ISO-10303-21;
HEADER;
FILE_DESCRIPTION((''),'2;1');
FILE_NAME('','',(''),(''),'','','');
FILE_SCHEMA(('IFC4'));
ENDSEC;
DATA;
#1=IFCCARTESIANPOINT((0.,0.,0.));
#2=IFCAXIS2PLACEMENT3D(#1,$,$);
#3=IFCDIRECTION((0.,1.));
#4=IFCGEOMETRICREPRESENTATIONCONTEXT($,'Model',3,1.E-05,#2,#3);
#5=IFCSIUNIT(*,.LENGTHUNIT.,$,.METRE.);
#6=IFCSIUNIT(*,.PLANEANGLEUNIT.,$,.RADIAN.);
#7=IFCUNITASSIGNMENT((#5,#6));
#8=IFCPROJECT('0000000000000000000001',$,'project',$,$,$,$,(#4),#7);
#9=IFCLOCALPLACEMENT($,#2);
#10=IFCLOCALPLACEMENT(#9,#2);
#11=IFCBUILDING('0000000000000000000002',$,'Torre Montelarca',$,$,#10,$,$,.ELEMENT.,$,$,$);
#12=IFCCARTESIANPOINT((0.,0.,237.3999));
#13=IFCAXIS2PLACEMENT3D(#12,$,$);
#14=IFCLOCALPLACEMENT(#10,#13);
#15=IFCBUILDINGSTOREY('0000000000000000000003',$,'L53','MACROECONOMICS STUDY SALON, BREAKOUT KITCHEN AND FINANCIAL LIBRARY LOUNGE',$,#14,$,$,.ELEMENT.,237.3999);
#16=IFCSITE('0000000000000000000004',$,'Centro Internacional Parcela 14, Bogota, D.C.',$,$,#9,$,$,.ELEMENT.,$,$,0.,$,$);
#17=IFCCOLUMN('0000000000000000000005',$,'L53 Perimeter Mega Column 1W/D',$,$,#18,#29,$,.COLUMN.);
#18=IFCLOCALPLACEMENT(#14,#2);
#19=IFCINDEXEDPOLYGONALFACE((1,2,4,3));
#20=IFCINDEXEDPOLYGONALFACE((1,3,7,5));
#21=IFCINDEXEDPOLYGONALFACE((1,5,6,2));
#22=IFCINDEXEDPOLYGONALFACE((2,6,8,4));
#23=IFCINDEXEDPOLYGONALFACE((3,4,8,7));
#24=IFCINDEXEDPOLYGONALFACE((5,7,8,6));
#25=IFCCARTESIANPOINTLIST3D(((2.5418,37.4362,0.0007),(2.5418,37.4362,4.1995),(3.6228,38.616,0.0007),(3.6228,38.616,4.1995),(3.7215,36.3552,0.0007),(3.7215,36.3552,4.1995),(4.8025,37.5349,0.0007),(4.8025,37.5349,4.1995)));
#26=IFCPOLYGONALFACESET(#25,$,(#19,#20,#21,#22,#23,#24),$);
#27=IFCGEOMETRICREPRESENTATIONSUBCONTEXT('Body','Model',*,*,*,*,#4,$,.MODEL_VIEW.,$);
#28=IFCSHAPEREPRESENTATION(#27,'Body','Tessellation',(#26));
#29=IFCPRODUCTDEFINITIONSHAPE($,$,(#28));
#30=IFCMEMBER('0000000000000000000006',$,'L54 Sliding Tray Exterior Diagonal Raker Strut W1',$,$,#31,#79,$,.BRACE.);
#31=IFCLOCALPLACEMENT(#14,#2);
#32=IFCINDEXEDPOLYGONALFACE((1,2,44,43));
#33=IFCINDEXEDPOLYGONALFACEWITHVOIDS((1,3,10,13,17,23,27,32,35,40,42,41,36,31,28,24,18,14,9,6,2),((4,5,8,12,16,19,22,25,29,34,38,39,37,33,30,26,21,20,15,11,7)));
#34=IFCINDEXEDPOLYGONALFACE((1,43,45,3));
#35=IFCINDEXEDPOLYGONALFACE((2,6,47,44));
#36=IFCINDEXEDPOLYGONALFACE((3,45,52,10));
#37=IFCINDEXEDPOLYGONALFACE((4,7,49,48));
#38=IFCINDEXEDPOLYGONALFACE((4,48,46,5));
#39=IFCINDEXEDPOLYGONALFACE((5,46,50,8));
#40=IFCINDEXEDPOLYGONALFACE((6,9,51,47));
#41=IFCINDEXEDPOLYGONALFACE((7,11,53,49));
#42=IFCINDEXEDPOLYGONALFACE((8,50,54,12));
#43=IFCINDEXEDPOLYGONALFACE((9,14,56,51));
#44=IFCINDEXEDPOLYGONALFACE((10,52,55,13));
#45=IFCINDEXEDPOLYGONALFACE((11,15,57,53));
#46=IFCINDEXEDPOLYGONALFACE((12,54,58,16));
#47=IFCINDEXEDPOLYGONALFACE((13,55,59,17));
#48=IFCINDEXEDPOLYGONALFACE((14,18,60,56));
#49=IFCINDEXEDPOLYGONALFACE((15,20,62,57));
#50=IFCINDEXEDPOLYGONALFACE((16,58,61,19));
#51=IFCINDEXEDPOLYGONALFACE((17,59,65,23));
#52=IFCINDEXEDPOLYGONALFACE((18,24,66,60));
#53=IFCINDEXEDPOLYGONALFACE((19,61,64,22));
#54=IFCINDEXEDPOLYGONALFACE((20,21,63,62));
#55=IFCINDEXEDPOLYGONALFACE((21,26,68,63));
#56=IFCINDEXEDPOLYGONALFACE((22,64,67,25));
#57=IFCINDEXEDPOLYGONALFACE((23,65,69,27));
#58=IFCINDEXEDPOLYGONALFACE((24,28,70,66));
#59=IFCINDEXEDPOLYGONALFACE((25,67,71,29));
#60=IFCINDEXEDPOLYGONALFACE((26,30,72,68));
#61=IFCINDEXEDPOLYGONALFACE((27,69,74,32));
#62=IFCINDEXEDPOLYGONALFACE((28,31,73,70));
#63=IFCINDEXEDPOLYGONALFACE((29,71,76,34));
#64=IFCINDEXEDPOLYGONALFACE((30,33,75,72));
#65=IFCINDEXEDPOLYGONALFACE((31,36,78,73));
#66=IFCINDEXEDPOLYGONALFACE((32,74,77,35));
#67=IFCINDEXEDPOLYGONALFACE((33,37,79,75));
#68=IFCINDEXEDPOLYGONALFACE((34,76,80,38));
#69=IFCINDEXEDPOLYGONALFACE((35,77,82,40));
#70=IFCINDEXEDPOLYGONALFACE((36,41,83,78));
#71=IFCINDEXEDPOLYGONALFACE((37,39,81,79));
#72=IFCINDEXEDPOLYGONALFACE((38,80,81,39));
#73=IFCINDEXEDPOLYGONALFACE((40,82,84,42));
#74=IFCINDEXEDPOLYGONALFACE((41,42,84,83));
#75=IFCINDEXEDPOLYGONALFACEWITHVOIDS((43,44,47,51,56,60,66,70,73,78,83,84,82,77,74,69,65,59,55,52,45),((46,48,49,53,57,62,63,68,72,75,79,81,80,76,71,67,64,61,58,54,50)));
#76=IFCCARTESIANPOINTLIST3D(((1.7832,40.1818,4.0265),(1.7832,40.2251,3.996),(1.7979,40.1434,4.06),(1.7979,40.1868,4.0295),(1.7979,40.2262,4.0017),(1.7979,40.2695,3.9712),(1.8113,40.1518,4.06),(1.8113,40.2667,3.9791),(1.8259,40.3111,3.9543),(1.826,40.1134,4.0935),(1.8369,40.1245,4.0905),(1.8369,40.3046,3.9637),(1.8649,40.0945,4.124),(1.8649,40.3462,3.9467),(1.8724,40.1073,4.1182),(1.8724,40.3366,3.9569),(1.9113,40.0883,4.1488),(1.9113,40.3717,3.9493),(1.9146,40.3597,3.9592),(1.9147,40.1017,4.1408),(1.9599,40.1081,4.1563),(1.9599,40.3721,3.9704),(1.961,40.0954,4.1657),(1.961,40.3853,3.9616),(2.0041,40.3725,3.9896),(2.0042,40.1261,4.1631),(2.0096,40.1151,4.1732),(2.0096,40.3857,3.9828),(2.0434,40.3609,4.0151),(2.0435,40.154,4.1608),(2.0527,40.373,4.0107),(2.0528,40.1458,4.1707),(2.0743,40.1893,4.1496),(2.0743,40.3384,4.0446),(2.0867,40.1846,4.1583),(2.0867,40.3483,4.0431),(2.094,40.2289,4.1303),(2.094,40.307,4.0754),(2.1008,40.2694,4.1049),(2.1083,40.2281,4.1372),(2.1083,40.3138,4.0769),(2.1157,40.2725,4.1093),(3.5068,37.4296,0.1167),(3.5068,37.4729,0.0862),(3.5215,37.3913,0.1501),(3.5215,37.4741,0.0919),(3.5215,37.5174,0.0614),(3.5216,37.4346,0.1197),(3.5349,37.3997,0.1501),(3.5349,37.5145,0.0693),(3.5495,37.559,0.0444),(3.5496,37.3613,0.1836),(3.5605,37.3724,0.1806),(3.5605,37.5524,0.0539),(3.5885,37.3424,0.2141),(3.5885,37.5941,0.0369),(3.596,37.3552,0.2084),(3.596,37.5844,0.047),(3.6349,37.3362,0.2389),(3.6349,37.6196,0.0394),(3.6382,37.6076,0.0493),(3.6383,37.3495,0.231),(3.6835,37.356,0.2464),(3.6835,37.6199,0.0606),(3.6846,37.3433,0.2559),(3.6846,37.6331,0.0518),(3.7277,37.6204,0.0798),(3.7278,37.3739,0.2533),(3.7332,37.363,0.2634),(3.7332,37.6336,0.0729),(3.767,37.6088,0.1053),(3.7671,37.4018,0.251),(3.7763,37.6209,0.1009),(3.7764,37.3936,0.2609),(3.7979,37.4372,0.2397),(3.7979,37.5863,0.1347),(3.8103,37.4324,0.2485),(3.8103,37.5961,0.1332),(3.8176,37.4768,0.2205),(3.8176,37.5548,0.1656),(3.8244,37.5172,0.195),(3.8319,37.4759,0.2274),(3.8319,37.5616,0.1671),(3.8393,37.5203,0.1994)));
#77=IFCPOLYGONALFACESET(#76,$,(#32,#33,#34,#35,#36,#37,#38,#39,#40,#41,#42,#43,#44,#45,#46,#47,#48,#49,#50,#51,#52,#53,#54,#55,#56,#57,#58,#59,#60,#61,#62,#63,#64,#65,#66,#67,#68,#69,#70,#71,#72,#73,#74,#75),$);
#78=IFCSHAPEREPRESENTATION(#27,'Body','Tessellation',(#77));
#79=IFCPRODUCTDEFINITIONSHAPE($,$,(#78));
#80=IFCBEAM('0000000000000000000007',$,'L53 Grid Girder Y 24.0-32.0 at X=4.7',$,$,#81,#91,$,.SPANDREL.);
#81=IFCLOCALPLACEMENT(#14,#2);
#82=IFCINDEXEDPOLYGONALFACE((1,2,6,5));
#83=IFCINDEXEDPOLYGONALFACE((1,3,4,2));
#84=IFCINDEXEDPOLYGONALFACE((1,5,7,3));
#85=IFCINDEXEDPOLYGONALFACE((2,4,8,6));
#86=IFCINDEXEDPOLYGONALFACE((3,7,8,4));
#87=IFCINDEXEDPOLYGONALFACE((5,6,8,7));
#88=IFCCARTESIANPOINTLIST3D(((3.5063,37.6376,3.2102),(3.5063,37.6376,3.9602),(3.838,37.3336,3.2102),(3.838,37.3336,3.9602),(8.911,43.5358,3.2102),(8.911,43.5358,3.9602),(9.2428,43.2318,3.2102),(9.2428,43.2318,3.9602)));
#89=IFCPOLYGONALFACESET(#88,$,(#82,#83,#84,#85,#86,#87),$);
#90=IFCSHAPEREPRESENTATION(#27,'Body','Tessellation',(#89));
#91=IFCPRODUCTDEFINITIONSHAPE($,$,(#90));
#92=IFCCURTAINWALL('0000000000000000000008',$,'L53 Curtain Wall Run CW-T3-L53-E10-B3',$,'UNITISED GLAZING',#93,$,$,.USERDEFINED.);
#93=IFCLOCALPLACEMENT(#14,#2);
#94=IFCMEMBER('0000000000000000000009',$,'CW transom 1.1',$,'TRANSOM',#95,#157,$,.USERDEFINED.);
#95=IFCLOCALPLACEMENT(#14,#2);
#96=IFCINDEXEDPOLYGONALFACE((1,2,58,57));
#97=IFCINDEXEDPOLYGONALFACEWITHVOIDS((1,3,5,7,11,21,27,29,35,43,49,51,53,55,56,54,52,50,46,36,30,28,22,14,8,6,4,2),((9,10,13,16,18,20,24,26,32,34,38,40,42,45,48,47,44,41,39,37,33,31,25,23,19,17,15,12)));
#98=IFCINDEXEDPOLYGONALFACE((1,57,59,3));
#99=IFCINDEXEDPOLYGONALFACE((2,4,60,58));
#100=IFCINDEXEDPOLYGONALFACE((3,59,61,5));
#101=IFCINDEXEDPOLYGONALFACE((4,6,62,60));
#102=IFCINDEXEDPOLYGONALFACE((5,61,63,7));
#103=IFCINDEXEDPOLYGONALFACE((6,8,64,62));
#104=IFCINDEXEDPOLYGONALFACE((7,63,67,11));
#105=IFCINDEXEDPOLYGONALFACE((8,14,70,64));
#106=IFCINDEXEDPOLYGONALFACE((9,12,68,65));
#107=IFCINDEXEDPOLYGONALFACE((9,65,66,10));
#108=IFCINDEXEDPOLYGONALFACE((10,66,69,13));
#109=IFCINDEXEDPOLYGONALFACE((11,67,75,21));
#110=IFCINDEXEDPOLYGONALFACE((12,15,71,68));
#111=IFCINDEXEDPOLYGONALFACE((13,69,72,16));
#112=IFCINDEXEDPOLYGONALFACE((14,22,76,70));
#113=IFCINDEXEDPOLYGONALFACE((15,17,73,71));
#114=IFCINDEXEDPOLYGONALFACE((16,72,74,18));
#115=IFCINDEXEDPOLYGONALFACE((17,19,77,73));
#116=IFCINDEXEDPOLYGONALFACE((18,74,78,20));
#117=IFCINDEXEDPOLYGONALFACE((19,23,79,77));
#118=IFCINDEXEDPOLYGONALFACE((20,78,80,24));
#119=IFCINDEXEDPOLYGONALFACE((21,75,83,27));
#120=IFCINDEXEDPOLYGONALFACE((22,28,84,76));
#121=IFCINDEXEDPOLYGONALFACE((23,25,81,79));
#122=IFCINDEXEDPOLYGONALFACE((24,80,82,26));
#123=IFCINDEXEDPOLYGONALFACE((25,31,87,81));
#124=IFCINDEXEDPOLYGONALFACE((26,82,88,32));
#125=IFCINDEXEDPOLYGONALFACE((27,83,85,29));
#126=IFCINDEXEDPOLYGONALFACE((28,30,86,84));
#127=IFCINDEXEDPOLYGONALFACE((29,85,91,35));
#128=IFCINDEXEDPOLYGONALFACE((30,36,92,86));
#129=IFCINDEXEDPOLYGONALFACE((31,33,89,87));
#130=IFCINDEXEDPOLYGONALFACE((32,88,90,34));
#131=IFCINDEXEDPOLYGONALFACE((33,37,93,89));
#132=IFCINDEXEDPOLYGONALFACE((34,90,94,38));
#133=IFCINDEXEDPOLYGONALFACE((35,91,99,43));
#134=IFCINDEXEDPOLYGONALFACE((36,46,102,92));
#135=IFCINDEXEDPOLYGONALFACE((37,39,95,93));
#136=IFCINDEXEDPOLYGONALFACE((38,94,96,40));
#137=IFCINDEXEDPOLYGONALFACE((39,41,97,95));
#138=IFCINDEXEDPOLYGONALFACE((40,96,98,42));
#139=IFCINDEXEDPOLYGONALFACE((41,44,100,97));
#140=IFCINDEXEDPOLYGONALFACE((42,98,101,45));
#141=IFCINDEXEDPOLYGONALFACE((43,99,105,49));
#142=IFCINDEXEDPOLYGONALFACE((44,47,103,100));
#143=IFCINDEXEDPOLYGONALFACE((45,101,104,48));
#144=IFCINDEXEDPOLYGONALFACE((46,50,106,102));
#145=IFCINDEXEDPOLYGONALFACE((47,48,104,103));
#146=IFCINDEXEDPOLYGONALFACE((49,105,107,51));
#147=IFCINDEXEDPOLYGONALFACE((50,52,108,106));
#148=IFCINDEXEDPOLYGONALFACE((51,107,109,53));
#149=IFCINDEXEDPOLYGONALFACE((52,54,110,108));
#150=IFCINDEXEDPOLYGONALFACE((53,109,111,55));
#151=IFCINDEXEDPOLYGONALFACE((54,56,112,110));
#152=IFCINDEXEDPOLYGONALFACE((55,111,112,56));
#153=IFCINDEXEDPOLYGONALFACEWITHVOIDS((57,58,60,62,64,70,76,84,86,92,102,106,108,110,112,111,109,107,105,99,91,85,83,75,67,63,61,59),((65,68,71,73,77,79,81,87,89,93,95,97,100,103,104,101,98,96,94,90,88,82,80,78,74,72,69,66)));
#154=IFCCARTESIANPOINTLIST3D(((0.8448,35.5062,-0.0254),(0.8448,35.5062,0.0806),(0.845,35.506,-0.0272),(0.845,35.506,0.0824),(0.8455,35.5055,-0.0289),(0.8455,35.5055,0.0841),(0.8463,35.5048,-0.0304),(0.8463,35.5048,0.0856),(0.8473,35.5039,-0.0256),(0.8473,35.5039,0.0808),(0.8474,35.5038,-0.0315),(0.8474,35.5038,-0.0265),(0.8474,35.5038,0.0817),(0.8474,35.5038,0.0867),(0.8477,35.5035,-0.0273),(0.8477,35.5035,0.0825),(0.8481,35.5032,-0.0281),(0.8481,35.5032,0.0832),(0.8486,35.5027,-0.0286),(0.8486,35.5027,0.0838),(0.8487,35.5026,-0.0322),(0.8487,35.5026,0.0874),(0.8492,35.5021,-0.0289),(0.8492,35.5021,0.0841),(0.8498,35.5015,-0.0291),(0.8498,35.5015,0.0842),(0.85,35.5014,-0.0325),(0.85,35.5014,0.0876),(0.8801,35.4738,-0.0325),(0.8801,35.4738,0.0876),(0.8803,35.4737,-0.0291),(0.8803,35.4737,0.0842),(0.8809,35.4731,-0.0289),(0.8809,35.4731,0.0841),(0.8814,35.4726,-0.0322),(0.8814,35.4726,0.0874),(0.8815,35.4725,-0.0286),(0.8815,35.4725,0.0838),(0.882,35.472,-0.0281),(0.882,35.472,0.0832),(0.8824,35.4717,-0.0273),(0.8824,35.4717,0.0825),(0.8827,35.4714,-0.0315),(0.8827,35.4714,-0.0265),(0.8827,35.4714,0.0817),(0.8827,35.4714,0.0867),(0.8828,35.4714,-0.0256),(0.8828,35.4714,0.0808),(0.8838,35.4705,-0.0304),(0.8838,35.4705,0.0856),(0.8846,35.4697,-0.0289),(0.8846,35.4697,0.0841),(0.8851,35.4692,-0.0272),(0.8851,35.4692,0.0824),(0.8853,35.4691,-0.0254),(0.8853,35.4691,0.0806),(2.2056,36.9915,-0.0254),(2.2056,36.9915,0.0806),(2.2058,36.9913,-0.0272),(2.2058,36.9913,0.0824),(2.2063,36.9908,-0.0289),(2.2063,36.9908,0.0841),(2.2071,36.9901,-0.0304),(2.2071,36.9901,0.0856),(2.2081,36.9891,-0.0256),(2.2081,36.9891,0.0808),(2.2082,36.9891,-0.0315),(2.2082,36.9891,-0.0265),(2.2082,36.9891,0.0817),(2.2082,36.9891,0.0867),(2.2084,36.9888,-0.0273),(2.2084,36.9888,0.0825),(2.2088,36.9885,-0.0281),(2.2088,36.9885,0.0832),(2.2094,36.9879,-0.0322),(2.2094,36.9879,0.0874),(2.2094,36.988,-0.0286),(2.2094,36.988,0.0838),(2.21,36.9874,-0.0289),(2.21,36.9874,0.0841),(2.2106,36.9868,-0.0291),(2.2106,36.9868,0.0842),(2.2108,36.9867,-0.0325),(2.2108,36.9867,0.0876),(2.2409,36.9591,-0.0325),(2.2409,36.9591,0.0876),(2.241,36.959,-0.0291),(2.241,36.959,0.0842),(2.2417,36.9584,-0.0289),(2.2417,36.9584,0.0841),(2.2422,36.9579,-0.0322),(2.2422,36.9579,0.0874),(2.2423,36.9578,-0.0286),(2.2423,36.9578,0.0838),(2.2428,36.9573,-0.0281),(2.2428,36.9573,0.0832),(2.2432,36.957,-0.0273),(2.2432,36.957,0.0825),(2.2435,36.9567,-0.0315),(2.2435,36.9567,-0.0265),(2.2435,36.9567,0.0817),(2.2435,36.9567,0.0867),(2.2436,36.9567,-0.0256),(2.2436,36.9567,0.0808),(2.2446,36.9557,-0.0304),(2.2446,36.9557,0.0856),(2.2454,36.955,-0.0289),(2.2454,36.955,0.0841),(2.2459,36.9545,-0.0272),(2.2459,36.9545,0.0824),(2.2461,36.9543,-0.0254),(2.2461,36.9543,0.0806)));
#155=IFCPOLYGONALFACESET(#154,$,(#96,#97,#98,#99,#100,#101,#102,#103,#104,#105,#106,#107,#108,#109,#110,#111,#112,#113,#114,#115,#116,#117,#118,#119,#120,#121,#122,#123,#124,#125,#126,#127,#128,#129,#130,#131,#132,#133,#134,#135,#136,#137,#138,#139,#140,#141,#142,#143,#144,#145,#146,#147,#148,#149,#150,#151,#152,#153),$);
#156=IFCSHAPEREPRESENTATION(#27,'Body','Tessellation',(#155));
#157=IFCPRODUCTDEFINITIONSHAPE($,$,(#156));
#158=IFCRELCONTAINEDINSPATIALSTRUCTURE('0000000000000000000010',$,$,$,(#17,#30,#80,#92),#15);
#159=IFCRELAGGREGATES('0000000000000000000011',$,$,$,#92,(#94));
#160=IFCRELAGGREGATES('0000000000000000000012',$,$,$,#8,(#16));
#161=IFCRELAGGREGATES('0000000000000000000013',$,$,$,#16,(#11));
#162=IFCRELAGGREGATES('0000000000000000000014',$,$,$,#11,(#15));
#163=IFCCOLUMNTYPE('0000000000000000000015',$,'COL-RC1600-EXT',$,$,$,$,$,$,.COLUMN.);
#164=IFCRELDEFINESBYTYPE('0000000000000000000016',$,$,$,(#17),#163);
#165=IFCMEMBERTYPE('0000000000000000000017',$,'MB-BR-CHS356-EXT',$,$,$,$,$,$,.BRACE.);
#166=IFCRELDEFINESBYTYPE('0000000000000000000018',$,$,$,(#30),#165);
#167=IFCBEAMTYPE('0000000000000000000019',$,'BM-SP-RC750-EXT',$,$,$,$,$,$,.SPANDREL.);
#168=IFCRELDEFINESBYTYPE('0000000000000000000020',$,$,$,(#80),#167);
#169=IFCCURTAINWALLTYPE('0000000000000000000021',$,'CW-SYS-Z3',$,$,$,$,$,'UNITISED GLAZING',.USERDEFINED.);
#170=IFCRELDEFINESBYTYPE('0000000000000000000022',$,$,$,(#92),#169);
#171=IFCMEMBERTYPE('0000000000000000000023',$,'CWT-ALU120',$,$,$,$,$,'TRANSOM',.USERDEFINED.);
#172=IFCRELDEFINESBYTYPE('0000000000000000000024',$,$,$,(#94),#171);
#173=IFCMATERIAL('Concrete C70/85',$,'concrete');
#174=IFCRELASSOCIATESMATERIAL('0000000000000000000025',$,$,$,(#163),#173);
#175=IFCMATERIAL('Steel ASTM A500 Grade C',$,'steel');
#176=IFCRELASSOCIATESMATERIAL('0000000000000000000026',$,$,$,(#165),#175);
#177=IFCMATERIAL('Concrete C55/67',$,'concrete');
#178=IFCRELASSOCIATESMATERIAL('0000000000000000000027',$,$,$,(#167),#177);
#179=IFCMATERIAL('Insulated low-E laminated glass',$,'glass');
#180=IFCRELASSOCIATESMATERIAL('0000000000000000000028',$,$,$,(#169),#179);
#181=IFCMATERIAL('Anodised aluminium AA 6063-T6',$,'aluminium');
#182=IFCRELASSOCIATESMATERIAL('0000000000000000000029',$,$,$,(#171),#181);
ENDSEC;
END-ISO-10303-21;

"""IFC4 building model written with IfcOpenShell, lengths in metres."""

from ifc_helpers import new_model, si_unit, direction, frame, origin, origin_2d, place, context, subcontext, project, spatial, rectangle, hollow_rectangle, hollow_circle, extrude, source, transform, mapped, material, material_profile, profile_set, type_object, element, aggregate, save


model = new_model("IFC4")

# Units and contexts
model_context = context("Model", 3, precision=1e-05, world=origin(), true_north=direction((0.0, 1.0)))
body_context = subcontext(model_context, "Body", "Model", "MODEL_VIEW")
ifc_project = project(units=[si_unit("LENGTHUNIT", "METRE"), si_unit("PLANEANGLEUNIT", "RADIAN")], contexts=[model_context])

# Site, building, storey
site_placement = place(None, origin())
site = spatial("IfcSite", under=ifc_project, at=site_placement, Name="Centro Internacional Parcela 14, Bogota, D.C.", CompositionType="ELEMENT", RefElevation=0.0)
building_placement = place(site_placement, origin())
building = spatial("IfcBuilding", under=site, at=building_placement, Name="Torre Montelarca", CompositionType="ELEMENT")
storey_placement = place(building_placement, frame((0.0, 0.0, 237.3999)))
storey = spatial("IfcBuildingStorey", under=building, at=storey_placement, Name="L53", Description="MACROECONOMICS STUDY SALON, BREAKOUT KITCHEN AND FINANCIAL LIBRARY LOUNGE", CompositionType="ELEMENT", Elevation=237.3999)

# Column
ifc_material_1 = material(Name="Concrete C70/85", Category="concrete")
ifc_material_profile_1 = material_profile(ifc_material_1, rectangle(XDim=1.6001, YDim=1.6001, at=origin_2d()), Name="RC1600X1600", Category="concrete")
ifc_profile_set_1 = profile_set([ifc_material_profile_1], Name="Concrete C70/85")
column_type = type_object("IfcColumnType", Name="COL-RC1600-EXT", PredefinedType="COLUMN", material=ifc_profile_set_1)
shared_shape_1 = source(origin(), body_context, "Body", "SweptSolid", [
    extrude(rectangle(XDim=1.6001, YDim=1.6001, at=origin_2d()), origin(), (0.0, 0.0, 1.0), 4.1987),
])
column_placement = place(storey_placement, frame((3.6721, 37.4856, 0.0007), z_axis=(0.0, 0.0, 1.0), x_axis=(-0.737277, 0.67559, 0.0)))
element("IfcColumn", 1, at=column_placement, inside=storey, type_object=column_type, Name="L53 Perimeter Mega Column 1W/D", PredefinedType="COLUMN", context=body_context, shape_type="MappedRepresentation", body=[
    mapped(shared_shape_1, transform((0.0, 0.0, 0.0), scale=1.0)),
])

# Member
ifc_material_2 = material(Name="Steel ASTM A500 Grade C", Category="steel")
ifc_material_profile_2 = material_profile(ifc_material_2, hollow_circle(Radius=0.1777, WallThickness=0.0159, at=origin_2d()), Name="HSS355.6X15.9", Category="steel")
ifc_profile_set_2 = profile_set([ifc_material_profile_2], Name="Steel ASTM A500 Grade C")
member_type_1 = type_object("IfcMemberType", Name="MB-BR-CHS356-EXT", PredefinedType="BRACE", material=ifc_profile_set_2)
shared_shape_2 = source(origin(), body_context, "Body", "SweptSolid", [
    extrude(hollow_circle(Radius=0.1777, WallThickness=0.0159, at=origin_2d()), origin(), (0.0, 0.0, 1.0), 5.0825),
])
member_1_placement = place(storey_placement, frame((3.6721, 37.4856, 0.1501), z_axis=(-0.339124, 0.541493, 0.769273), x_axis=(-0.847512, -0.530776, 0.0)))
element("IfcMember", 2, at=member_1_placement, inside=storey, type_object=member_type_1, Name="L54 Sliding Tray Exterior Diagonal Raker Strut W1", PredefinedType="BRACE", context=body_context, shape_type="MappedRepresentation", body=[
    mapped(shared_shape_2, transform((0.0, 0.0, 0.0), scale=1.0)),
])

# Beam
ifc_material_3 = material(Name="Concrete C55/67", Category="concrete")
ifc_material_profile_3 = material_profile(ifc_material_3, rectangle(XDim=0.45, YDim=0.75, at=origin_2d()), Name="RCB450X750", Category="concrete")
ifc_profile_set_3 = profile_set([ifc_material_profile_3], Name="Concrete C55/67")
beam_type = type_object("IfcBeamType", Name="BM-SP-RC750-EXT", PredefinedType="SPANDREL", material=ifc_profile_set_3)
shared_shape_3 = source(origin(), body_context, "Body", "SweptSolid", [
    extrude(rectangle(XDim=0.45, YDim=0.75, at=origin_2d()), origin(), (0.0, 0.0, 1.0), 8.0),
])
beam_placement = place(storey_placement, frame((3.6721, 37.4856, 3.5852), z_axis=(0.675596, 0.737272, 0.0), x_axis=(-0.737272, 0.675596, 0.0)))
element("IfcBeam", 3, at=beam_placement, inside=storey, type_object=beam_type, Name="L53 Grid Girder Y 24.0-32.0 at X=4.7", PredefinedType="SPANDREL", context=body_context, shape_type="MappedRepresentation", body=[
    mapped(shared_shape_3, transform((0.0, 0.0, 0.0), scale=1.0)),
])

# Curtain wall, member
ifc_material_4 = material(Name="Insulated low-E laminated glass", Category="glass")
curtain_wall_type = type_object("IfcCurtainWallType", Name="CW-SYS-Z3", ElementType="UNITISED GLAZING", PredefinedType="USERDEFINED", material=ifc_material_4)
curtain_wall_placement = place(storey_placement, origin())
curtain_wall = element("IfcCurtainWall", 4, at=curtain_wall_placement, inside=storey, type_object=curtain_wall_type, Name="L53 Curtain Wall Run CW-T3-L53-E10-B3", ObjectType="UNITISED GLAZING", PredefinedType="USERDEFINED")
ifc_material_5 = material(Name="Anodised aluminium AA 6063-T6", Category="aluminium")
ifc_material_profile_4 = material_profile(ifc_material_5, hollow_rectangle(XDim=0.0549, YDim=0.1201, WallThickness=0.0034, InnerFilletRadius=0.0034, OuterFilletRadius=0.0071, at=origin_2d()), Name="ALU55X120X3.5", Category="aluminium")
ifc_profile_set_4 = profile_set([ifc_material_profile_4], Name="Anodised aluminium AA 6063-T6")
member_type_2 = type_object("IfcMemberType", Name="CWT-ALU120", ElementType="TRANSOM", PredefinedType="USERDEFINED", material=ifc_profile_set_4)
shared_shape_4 = source(origin(), body_context, "Body", "SweptSolid", [
    extrude(hollow_rectangle(XDim=0.0549, YDim=0.1201, WallThickness=0.0034, InnerFilletRadius=0.0034, OuterFilletRadius=0.0071, at=origin_2d()), origin(), (0.0, 0.0, 1.0), 2.0144),
])
member_2_placement = place(storey_placement, frame((2.2258, 36.9729, 0.0276), z_axis=(-0.675527, -0.737335, 0.0), x_axis=(0.737335, -0.675527, 0.0)))
member_2 = element("IfcMember", 5, at=member_2_placement, type_object=member_type_2, Name="CW transom 1.1", ObjectType="TRANSOM", PredefinedType="USERDEFINED", context=body_context, shape_type="MappedRepresentation", body=[
    mapped(shared_shape_4, transform((0.0, 0.0, 0.0), scale=1.0)),
])
aggregate(curtain_wall, [member_2])

save(model, "model.ifc")
